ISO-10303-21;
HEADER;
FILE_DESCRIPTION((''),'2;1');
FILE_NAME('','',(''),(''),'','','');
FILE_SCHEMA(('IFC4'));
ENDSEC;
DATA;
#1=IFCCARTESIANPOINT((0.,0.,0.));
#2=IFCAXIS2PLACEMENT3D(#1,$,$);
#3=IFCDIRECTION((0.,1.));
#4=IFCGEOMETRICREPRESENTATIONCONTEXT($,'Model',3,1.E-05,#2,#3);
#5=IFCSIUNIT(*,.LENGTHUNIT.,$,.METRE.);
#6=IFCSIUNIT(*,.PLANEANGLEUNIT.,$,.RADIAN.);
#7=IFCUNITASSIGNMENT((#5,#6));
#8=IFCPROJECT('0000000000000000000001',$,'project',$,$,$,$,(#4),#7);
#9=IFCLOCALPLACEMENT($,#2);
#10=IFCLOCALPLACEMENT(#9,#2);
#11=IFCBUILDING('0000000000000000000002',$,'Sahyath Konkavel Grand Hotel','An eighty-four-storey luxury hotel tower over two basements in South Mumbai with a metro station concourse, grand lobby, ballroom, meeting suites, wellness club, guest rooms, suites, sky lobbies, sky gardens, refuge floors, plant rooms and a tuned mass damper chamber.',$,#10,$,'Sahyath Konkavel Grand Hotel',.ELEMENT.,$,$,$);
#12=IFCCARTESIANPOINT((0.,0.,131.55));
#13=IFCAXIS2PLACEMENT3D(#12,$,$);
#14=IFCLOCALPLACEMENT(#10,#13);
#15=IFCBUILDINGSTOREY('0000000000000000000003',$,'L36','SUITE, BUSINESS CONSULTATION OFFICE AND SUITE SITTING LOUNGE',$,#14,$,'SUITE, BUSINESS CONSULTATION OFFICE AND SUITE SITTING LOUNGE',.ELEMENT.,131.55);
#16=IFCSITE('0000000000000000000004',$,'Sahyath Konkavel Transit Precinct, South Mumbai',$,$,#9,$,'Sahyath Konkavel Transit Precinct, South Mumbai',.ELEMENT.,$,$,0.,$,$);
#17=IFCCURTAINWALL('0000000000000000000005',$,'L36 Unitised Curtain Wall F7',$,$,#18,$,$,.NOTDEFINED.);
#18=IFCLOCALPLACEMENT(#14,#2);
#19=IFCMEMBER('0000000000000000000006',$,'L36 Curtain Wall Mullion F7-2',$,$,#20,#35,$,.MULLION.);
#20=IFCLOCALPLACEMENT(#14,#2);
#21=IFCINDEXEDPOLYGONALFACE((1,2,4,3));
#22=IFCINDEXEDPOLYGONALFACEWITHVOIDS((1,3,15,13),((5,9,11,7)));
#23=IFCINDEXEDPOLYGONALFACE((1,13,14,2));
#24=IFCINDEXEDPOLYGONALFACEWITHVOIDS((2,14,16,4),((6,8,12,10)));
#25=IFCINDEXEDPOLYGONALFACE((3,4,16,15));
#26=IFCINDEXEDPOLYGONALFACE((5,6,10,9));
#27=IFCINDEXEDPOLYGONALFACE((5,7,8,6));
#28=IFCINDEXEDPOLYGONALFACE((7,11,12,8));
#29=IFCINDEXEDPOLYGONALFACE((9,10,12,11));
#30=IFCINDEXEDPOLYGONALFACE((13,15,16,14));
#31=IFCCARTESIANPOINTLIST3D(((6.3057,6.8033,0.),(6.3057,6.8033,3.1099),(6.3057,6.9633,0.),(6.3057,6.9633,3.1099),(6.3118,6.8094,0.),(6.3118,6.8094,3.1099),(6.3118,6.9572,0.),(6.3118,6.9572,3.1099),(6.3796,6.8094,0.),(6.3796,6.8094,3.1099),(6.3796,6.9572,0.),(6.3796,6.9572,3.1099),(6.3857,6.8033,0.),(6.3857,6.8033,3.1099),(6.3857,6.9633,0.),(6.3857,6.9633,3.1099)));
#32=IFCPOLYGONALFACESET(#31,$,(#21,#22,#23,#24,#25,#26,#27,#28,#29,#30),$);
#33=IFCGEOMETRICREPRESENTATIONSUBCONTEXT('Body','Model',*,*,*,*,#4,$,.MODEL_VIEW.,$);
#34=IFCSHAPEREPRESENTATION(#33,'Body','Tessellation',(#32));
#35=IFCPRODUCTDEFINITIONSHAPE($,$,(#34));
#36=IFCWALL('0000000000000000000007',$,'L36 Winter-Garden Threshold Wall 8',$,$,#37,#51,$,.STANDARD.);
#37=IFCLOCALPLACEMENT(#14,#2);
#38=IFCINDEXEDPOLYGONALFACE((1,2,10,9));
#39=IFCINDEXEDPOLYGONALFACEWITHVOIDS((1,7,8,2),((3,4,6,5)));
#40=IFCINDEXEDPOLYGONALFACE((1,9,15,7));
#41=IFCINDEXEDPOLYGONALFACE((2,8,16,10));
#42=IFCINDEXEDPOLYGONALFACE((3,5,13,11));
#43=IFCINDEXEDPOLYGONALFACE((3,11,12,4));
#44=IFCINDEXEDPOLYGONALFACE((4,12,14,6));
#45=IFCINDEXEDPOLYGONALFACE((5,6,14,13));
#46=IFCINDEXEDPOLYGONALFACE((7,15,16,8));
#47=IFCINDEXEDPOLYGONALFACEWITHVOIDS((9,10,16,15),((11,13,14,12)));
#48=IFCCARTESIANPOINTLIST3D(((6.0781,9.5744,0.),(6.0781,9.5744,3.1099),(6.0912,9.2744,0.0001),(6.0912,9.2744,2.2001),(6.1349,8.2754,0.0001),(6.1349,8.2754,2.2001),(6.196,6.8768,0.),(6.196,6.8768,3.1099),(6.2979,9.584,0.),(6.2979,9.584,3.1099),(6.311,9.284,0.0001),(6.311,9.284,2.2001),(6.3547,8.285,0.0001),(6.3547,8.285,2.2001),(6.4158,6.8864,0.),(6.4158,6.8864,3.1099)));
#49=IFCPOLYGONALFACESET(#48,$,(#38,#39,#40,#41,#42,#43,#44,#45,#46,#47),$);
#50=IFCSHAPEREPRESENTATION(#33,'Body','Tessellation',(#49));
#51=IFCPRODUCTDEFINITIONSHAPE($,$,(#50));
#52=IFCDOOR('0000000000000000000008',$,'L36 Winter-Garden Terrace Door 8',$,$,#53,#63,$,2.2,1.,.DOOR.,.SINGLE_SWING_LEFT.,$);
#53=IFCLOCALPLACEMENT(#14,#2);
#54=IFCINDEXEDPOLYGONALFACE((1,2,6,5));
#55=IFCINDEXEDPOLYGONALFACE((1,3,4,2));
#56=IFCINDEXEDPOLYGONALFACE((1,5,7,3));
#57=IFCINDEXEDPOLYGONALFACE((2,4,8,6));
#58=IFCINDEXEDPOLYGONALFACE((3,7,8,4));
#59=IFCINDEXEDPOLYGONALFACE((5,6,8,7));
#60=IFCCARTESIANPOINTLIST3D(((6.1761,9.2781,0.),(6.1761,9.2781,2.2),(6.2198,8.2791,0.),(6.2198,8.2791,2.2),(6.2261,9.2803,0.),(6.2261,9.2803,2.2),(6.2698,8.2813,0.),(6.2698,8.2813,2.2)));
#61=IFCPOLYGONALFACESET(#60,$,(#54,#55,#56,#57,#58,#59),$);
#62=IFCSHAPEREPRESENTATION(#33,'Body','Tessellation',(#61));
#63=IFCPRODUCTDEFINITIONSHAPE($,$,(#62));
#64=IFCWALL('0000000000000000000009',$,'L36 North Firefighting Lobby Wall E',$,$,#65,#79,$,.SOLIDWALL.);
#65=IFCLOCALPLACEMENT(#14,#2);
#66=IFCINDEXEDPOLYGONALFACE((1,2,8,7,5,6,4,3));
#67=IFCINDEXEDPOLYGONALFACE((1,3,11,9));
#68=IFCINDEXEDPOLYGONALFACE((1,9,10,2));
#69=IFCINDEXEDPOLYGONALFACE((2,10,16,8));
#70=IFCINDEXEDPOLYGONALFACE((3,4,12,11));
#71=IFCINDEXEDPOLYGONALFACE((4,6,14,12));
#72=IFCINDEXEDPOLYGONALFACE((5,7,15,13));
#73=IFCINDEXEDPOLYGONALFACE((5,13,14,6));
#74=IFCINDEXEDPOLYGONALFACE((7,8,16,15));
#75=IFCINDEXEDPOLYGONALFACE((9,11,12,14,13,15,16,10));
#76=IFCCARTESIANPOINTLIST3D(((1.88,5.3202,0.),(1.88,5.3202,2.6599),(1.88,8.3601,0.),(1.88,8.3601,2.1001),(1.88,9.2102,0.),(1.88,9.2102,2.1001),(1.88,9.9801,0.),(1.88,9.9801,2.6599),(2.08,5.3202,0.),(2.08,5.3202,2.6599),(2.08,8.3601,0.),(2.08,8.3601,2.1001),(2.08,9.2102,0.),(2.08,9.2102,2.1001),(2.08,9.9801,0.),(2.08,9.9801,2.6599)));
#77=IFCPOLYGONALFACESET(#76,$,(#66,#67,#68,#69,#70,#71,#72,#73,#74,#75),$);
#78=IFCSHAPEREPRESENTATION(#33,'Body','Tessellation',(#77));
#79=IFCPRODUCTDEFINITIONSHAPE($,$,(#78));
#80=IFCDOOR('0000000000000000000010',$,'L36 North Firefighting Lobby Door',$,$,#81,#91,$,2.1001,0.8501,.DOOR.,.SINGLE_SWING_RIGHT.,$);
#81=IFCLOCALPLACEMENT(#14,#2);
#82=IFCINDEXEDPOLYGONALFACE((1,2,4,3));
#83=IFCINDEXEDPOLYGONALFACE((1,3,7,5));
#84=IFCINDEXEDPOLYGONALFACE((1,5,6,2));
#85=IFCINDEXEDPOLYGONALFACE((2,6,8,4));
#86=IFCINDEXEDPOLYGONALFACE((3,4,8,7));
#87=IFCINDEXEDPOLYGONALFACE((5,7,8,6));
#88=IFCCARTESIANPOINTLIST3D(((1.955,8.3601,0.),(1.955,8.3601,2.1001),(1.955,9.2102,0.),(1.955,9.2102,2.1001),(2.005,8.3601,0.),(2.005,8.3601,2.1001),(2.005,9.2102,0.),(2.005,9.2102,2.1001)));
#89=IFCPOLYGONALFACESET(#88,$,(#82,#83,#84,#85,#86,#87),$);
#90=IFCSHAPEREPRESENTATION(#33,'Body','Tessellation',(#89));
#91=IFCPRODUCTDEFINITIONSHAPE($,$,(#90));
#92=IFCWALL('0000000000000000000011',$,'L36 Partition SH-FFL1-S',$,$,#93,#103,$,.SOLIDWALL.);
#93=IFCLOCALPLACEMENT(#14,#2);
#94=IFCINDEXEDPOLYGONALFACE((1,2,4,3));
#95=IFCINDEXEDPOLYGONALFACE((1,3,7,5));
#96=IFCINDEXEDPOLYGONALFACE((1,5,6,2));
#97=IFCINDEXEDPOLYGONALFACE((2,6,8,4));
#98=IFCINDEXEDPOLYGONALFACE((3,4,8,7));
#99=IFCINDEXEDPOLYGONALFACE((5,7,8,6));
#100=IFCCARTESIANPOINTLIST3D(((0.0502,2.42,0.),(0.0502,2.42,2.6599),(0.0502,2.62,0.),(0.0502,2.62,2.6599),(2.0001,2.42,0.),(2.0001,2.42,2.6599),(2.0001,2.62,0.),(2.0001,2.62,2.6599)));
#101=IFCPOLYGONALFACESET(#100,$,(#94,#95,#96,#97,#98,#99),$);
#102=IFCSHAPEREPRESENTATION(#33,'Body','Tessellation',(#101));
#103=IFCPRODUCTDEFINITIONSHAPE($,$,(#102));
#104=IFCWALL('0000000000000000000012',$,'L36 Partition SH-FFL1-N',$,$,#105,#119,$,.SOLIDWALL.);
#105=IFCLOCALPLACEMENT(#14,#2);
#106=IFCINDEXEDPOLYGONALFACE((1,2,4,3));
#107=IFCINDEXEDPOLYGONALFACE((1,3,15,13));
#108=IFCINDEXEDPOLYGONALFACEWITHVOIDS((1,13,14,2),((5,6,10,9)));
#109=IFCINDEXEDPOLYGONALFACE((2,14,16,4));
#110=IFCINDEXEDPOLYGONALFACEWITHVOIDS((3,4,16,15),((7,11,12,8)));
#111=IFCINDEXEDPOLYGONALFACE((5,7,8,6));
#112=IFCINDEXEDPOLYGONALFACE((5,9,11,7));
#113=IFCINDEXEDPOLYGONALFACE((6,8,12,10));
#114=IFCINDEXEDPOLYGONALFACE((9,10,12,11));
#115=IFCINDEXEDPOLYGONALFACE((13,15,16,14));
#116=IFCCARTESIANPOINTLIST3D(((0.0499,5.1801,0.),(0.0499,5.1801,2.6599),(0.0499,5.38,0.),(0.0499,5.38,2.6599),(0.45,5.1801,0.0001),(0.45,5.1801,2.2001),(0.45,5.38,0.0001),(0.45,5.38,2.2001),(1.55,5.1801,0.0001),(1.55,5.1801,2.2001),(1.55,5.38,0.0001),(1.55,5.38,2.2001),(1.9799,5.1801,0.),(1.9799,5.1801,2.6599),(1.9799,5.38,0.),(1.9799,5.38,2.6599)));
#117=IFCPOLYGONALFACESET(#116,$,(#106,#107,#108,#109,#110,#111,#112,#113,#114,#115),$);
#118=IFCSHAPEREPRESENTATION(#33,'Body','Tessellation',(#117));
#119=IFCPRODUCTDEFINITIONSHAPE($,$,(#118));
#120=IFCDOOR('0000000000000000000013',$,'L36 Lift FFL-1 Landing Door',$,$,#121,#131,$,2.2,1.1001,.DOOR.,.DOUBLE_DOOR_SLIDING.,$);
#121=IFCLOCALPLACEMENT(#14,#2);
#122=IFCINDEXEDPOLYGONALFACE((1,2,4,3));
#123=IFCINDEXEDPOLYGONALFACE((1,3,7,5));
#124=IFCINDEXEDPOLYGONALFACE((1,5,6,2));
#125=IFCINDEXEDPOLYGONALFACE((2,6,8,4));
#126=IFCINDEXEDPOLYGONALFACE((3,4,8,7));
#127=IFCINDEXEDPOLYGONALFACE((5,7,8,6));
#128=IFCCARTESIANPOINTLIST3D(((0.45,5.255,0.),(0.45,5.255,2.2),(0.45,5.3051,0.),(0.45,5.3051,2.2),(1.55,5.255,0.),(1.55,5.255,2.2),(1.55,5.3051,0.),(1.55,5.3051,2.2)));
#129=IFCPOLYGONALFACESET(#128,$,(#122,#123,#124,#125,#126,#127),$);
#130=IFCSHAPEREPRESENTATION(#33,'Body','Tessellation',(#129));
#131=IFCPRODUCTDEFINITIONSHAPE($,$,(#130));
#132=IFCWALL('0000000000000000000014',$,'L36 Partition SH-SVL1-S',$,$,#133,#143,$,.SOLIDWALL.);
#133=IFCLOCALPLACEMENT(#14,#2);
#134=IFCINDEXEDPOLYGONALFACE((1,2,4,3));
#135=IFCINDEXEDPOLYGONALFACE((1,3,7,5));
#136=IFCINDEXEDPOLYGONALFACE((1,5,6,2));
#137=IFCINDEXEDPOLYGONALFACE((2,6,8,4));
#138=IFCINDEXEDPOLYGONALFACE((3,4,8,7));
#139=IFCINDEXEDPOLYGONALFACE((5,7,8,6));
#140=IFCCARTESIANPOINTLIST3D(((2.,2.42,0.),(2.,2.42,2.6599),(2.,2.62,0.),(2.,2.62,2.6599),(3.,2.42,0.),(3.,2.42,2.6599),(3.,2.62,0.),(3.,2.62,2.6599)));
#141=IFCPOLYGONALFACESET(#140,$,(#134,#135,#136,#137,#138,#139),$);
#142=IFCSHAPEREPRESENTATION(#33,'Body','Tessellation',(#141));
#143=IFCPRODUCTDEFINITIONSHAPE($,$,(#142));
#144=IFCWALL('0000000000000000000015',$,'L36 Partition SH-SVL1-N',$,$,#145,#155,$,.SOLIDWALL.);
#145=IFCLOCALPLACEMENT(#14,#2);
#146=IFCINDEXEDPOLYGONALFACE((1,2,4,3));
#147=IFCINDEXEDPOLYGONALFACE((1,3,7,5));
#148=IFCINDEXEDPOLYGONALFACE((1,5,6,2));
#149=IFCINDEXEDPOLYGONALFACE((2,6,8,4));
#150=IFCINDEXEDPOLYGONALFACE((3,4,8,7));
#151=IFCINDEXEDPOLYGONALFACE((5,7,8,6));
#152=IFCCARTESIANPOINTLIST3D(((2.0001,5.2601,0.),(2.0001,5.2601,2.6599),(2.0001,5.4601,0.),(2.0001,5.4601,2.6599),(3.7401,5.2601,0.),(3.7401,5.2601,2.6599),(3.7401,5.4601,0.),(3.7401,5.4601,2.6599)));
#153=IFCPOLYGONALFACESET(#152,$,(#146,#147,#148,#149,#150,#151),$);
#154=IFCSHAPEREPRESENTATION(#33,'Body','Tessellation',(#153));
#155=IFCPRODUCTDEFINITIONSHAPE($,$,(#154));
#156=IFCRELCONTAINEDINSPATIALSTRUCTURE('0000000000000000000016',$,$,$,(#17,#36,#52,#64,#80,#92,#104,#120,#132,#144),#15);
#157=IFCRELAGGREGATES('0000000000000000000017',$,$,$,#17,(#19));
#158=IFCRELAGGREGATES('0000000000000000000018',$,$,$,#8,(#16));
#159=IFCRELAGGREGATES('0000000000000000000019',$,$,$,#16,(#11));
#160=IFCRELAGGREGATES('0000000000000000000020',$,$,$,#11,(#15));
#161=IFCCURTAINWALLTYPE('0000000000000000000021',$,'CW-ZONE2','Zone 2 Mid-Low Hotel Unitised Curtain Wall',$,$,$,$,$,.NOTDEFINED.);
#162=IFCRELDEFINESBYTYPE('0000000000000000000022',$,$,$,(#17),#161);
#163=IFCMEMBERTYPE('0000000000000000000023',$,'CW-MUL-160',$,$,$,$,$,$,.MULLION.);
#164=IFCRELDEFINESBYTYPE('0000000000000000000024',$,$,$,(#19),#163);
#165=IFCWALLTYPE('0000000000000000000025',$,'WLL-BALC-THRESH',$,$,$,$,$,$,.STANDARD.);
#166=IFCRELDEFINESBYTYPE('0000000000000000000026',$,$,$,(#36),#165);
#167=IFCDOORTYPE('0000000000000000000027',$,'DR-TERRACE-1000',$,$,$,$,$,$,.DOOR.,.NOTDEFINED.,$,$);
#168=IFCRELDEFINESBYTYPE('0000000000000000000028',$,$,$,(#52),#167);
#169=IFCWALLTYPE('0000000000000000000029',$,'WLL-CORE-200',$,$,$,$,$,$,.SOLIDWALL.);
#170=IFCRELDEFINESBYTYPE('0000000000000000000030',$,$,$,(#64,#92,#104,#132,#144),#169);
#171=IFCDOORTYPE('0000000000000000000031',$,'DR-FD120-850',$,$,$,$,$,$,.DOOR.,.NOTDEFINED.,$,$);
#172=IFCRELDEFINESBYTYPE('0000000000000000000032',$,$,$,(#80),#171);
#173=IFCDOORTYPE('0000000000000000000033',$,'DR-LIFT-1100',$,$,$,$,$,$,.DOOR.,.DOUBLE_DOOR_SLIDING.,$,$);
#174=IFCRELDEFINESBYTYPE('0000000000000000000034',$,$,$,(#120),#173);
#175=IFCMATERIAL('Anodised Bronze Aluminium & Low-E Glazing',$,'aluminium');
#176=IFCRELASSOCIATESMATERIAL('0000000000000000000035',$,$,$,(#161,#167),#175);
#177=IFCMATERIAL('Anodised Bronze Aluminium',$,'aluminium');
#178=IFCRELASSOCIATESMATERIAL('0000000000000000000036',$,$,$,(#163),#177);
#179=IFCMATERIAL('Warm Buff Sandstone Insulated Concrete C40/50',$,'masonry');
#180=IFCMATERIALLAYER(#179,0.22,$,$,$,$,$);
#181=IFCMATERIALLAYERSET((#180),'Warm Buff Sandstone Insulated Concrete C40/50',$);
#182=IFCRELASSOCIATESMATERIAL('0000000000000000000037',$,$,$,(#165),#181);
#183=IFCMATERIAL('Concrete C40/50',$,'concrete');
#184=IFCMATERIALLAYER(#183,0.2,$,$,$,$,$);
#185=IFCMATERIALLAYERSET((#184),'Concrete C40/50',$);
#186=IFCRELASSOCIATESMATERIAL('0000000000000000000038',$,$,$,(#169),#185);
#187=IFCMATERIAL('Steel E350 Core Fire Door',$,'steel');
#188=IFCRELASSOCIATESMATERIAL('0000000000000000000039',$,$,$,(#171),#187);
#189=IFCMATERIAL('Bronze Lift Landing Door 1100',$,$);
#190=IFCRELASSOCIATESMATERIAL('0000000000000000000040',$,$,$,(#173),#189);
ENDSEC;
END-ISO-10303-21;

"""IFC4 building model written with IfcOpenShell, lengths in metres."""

from ifc_helpers import new_model, si_unit, direction, frame, frame_2d, origin, origin_2d, place, context, subcontext, project, spatial, rectangle, hollow_rectangle, extrude, source, transform, mapped, material, layer, layer_set, material_profile, profile_set, type_object, element, fill, aggregate, save


model = new_model("IFC4")

# Units and contexts
model_context = context("Model", 3, precision=1e-05, world=origin(), true_north=direction((0.0, 1.0)))
body_context = subcontext(model_context, "Body", "Model", "MODEL_VIEW")
ifc_project = project(units=[si_unit("LENGTHUNIT", "METRE"), si_unit("PLANEANGLEUNIT", "RADIAN")], contexts=[model_context])

# Site, building, storey
site_placement = place(None, origin())
site = spatial("IfcSite", under=ifc_project, at=site_placement, Name="Sahyath Konkavel Transit Precinct, South Mumbai", LongName="Sahyath Konkavel Transit Precinct, South Mumbai", CompositionType="ELEMENT", RefElevation=0.0)
building_placement = place(site_placement, origin())
building = spatial("IfcBuilding", under=site, at=building_placement, Name="Sahyath Konkavel Grand Hotel", Description="An eighty-four-storey luxury hotel tower over two basements in South Mumbai with a metro station concourse, grand lobby, ballroom, meeting suites, wellness club, guest rooms, suites, sky lobbies, sky gardens, refuge floors, plant rooms and a tuned mass damper chamber.", LongName="Sahyath Konkavel Grand Hotel", CompositionType="ELEMENT")
storey_placement = place(building_placement, frame((0.0, 0.0, 131.55)))
storey = spatial("IfcBuildingStorey", under=building, at=storey_placement, Name="L36", Description="SUITE, BUSINESS CONSULTATION OFFICE AND SUITE SITTING LOUNGE", LongName="SUITE, BUSINESS CONSULTATION OFFICE AND SUITE SITTING LOUNGE", CompositionType="ELEMENT", Elevation=131.55)

# Curtain wall, member
ifc_material_1 = material(Name="Anodised Bronze Aluminium & Low-E Glazing", Category="aluminium")
curtain_wall_type = type_object("IfcCurtainWallType", Name="CW-ZONE2", Description="Zone 2 Mid-Low Hotel Unitised Curtain Wall", PredefinedType="NOTDEFINED", material=ifc_material_1)
curtain_wall_placement = place(storey_placement, origin())
curtain_wall = element("IfcCurtainWall", 1, at=curtain_wall_placement, inside=storey, type_object=curtain_wall_type, Name="L36 Unitised Curtain Wall F7", PredefinedType="NOTDEFINED")
ifc_material_2 = material(Name="Anodised Bronze Aluminium", Category="aluminium")
ifc_material_profile = material_profile(ifc_material_2, hollow_rectangle(XDim=0.0801, YDim=0.1599, WallThickness=0.0061, at=origin_2d()), Name="RHS 160x80x6")
ifc_profile_set = profile_set([ifc_material_profile], Name="Anodised Bronze Aluminium")
member_type = type_object("IfcMemberType", Name="CW-MUL-160", PredefinedType="MULLION", material=ifc_profile_set)
shared_shape_1 = source(origin(), body_context, "Body", "SweptSolid", [
    extrude(hollow_rectangle(XDim=0.0801, YDim=0.1599, WallThickness=0.0061, at=origin_2d()), origin(), (0.0, 0.0, 1.0), 3.1099),
])
member_placement = place(storey_placement, frame((6.3457, 6.8833, 0.0), z_axis=(0.0, 0.0, 1.0), x_axis=(1.0, 0.0, 0.0)))
member = element("IfcMember", 2, at=member_placement, type_object=member_type, Name="L36 Curtain Wall Mullion F7-2", PredefinedType="MULLION", context=body_context, shape_type="MappedRepresentation", body=[
    mapped(shared_shape_1, transform((0.0, 0.0, 0.0), scale=1.0)),
])
aggregate(curtain_wall, [member])

# Walls, openings, doors
ifc_material_3 = material(Name="Warm Buff Sandstone Insulated Concrete C40/50", Category="masonry")
ifc_layer_1 = layer(ifc_material_3, 0.22)
ifc_layer_set_1 = layer_set([ifc_layer_1], Name="Warm Buff Sandstone Insulated Concrete C40/50")
wall_type_1 = type_object("IfcWallType", Name="WLL-BALC-THRESH", PredefinedType="STANDARD", material=ifc_layer_set_1)
wall_1_placement = place(storey_placement, frame((6.3059, 6.8816, 0.0), z_axis=(0.0, 0.0, 1.0), x_axis=(-0.043673, 0.999046, 0.0)))
wall_1 = element("IfcWall", 3, at=wall_1_placement, inside=storey, type_object=wall_type_1, Name="L36 Winter-Garden Threshold Wall 8", PredefinedType="STANDARD", context=body_context, shape_type="SweptSolid", body=[
    extrude(rectangle(XDim=2.7002, YDim=0.22, at=frame_2d((1.3501, 0.0))), origin(), (0.0, 0.0, 1.0), 3.1099),
])
opening_1_placement = place(wall_1_placement, frame((1.3999, 0.0, 0.0)))
opening_1 = element("IfcOpeningElement", 4, at=opening_1_placement, cuts=wall_1, PredefinedType="OPENING", context=body_context, shape_type="SweptSolid", body=[
    extrude(rectangle(XDim=1.0, YDim=2.2, at=frame_2d((0.5, 1.1001))), frame((0.0, 0.1201, 0.0), z_axis=(0.0, -1.0, 0.0), x_axis=(1.0, 0.0, 0.0)), (0.0, 0.0, 1.0), 0.24),
])
door_type_1 = type_object("IfcDoorType", Name="DR-TERRACE-1000", OperationType="NOTDEFINED", PredefinedType="DOOR", material=ifc_material_1)
shared_shape_2 = source(origin(), body_context, "Body", "SweptSolid", [
    extrude(rectangle(XDim=1.0, YDim=0.05, at=origin_2d()), origin(), (0.0, 0.0, 1.0), 2.2),
])
door_1_placement = place(opening_1_placement, frame((0.5, 0.0, 0.0)))
door_1 = element("IfcDoor", 5, at=door_1_placement, inside=storey, type_object=door_type_1, Name="L36 Winter-Garden Terrace Door 8", OperationType="SINGLE_SWING_LEFT", OverallHeight=2.2, OverallWidth=1.0, PredefinedType="DOOR", context=body_context, shape_type="MappedRepresentation", body=[
    mapped(shared_shape_2, transform((0.0, 0.0, 0.0), scale=1.0)),
])
fill(opening_1, door_1)
ifc_material_4 = material(Name="Concrete C40/50", Category="concrete")
ifc_layer_2 = layer(ifc_material_4, 0.2)
ifc_layer_set_2 = layer_set([ifc_layer_2], Name="Concrete C40/50")
wall_type_2 = type_object("IfcWallType", Name="WLL-CORE-200", PredefinedType="SOLIDWALL", material=ifc_layer_set_2)
wall_2_placement = place(storey_placement, frame((1.98, 5.3201, 0.0), z_axis=(0.0, 0.0, 1.0), x_axis=(0.0, 1.0, 0.0)))
wall_2 = element("IfcWall", 6, at=wall_2_placement, inside=storey, type_object=wall_type_2, Name="L36 North Firefighting Lobby Wall E", PredefinedType="SOLIDWALL", context=body_context, shape_type="SweptSolid", body=[
    extrude(rectangle(XDim=4.6599, YDim=0.2, at=frame_2d((2.3301, 0.0))), origin(), (0.0, 0.0, 1.0), 2.6599),
])
opening_2_placement = place(wall_2_placement, frame((3.04, 0.0, 0.0)))
opening_2 = element("IfcOpeningElement", 7, at=opening_2_placement, cuts=wall_2, PredefinedType="OPENING", context=body_context, shape_type="SweptSolid", body=[
    extrude(rectangle(XDim=0.8501, YDim=2.1001, at=frame_2d((0.425, 1.05))), frame((0.0, 0.1099, 0.0), z_axis=(0.0, -1.0, 0.0), x_axis=(1.0, 0.0, 0.0)), (0.0, 0.0, 1.0), 0.22),
])
ifc_material_5 = material(Name="Steel E350 Core Fire Door", Category="steel")
door_type_2 = type_object("IfcDoorType", Name="DR-FD120-850", OperationType="NOTDEFINED", PredefinedType="DOOR", material=ifc_material_5)
shared_shape_3 = source(origin(), body_context, "Body", "SweptSolid", [
    extrude(rectangle(XDim=0.8501, YDim=0.05, at=origin_2d()), origin(), (0.0, 0.0, 1.0), 2.1001),
])
door_2_placement = place(opening_2_placement, frame((0.425, 0.0, 0.0)))
door_2 = element("IfcDoor", 8, at=door_2_placement, inside=storey, type_object=door_type_2, Name="L36 North Firefighting Lobby Door", OperationType="SINGLE_SWING_RIGHT", OverallHeight=2.1001, OverallWidth=0.8501, PredefinedType="DOOR", context=body_context, shape_type="MappedRepresentation", body=[
    mapped(shared_shape_3, transform((0.0, 0.0, 0.0), scale=1.0)),
])
fill(opening_2, door_2)

# Wall
wall_3_placement = place(storey_placement, frame((0.05, 2.52, 0.0), z_axis=(0.0, 0.0, 1.0), x_axis=(1.0, 0.0, 0.0)))
element("IfcWall", 9, at=wall_3_placement, inside=storey, type_object=wall_type_2, Name="L36 Partition SH-FFL1-S", PredefinedType="SOLIDWALL", context=body_context, shape_type="SweptSolid", body=[
    extrude(rectangle(XDim=1.95, YDim=0.2, at=frame_2d((0.9751, 0.0))), origin(), (0.0, 0.0, 1.0), 2.6599),
])

# Wall, opening, door
wall_4_placement = place(storey_placement, frame((0.05, 5.28, 0.0), z_axis=(0.0, 0.0, 1.0), x_axis=(1.0, 0.0, 0.0)))
wall_4 = element("IfcWall", 10, at=wall_4_placement, inside=storey, type_object=wall_type_2, Name="L36 Partition SH-FFL1-N", PredefinedType="SOLIDWALL", context=body_context, shape_type="SweptSolid", body=[
    extrude(rectangle(XDim=1.9299, YDim=0.2, at=frame_2d((0.9648, 0.0))), origin(), (0.0, 0.0, 1.0), 2.6599),
])
opening_3_placement = place(wall_4_placement, frame((0.3999, 0.0, 0.0)))
opening_3 = element("IfcOpeningElement", 11, at=opening_3_placement, cuts=wall_4, PredefinedType="OPENING", context=body_context, shape_type="SweptSolid", body=[
    extrude(rectangle(XDim=1.1001, YDim=2.2, at=frame_2d((0.55, 1.1001))), frame((0.0, 0.1099, 0.0), z_axis=(0.0, -1.0, 0.0), x_axis=(1.0, 0.0, 0.0)), (0.0, 0.0, 1.0), 0.22),
])
ifc_material_6 = material(Name="Bronze Lift Landing Door 1100")
door_type_3 = type_object("IfcDoorType", Name="DR-LIFT-1100", OperationType="DOUBLE_DOOR_SLIDING", PredefinedType="DOOR", material=ifc_material_6)
shared_shape_4 = source(origin(), body_context, "Body", "SweptSolid", [
    extrude(rectangle(XDim=1.1001, YDim=0.05, at=origin_2d()), origin(), (0.0, 0.0, 1.0), 2.2),
])
door_3_placement = place(opening_3_placement, frame((0.55, 0.0, 0.0)))
door_3 = element("IfcDoor", 12, at=door_3_placement, inside=storey, type_object=door_type_3, Name="L36 Lift FFL-1 Landing Door", OperationType="DOUBLE_DOOR_SLIDING", OverallHeight=2.2, OverallWidth=1.1001, PredefinedType="DOOR", context=body_context, shape_type="MappedRepresentation", body=[
    mapped(shared_shape_4, transform((0.0, 0.0, 0.0), scale=1.0)),
])
fill(opening_3, door_3)

# Walls
wall_5_placement = place(storey_placement, frame((2.0, 2.52, 0.0), z_axis=(0.0, 0.0, 1.0), x_axis=(1.0, 0.0, 0.0)))
element("IfcWall", 13, at=wall_5_placement, inside=storey, type_object=wall_type_2, Name="L36 Partition SH-SVL1-S", PredefinedType="SOLIDWALL", context=body_context, shape_type="SweptSolid", body=[
    extrude(rectangle(XDim=1.0, YDim=0.2, at=frame_2d((0.5, 0.0))), origin(), (0.0, 0.0, 1.0), 2.6599),
])
wall_6_placement = place(storey_placement, frame((2.0, 5.3601, 0.0), z_axis=(0.0, 0.0, 1.0), x_axis=(1.0, 0.0, 0.0)))
element("IfcWall", 14, at=wall_6_placement, inside=storey, type_object=wall_type_2, Name="L36 Partition SH-SVL1-N", PredefinedType="SOLIDWALL", context=body_context, shape_type="SweptSolid", body=[
    extrude(rectangle(XDim=1.74, YDim=0.2, at=frame_2d((0.8701, 0.0))), origin(), (0.0, 0.0, 1.0), 2.6599),
])

save(model, "model.ifc")
